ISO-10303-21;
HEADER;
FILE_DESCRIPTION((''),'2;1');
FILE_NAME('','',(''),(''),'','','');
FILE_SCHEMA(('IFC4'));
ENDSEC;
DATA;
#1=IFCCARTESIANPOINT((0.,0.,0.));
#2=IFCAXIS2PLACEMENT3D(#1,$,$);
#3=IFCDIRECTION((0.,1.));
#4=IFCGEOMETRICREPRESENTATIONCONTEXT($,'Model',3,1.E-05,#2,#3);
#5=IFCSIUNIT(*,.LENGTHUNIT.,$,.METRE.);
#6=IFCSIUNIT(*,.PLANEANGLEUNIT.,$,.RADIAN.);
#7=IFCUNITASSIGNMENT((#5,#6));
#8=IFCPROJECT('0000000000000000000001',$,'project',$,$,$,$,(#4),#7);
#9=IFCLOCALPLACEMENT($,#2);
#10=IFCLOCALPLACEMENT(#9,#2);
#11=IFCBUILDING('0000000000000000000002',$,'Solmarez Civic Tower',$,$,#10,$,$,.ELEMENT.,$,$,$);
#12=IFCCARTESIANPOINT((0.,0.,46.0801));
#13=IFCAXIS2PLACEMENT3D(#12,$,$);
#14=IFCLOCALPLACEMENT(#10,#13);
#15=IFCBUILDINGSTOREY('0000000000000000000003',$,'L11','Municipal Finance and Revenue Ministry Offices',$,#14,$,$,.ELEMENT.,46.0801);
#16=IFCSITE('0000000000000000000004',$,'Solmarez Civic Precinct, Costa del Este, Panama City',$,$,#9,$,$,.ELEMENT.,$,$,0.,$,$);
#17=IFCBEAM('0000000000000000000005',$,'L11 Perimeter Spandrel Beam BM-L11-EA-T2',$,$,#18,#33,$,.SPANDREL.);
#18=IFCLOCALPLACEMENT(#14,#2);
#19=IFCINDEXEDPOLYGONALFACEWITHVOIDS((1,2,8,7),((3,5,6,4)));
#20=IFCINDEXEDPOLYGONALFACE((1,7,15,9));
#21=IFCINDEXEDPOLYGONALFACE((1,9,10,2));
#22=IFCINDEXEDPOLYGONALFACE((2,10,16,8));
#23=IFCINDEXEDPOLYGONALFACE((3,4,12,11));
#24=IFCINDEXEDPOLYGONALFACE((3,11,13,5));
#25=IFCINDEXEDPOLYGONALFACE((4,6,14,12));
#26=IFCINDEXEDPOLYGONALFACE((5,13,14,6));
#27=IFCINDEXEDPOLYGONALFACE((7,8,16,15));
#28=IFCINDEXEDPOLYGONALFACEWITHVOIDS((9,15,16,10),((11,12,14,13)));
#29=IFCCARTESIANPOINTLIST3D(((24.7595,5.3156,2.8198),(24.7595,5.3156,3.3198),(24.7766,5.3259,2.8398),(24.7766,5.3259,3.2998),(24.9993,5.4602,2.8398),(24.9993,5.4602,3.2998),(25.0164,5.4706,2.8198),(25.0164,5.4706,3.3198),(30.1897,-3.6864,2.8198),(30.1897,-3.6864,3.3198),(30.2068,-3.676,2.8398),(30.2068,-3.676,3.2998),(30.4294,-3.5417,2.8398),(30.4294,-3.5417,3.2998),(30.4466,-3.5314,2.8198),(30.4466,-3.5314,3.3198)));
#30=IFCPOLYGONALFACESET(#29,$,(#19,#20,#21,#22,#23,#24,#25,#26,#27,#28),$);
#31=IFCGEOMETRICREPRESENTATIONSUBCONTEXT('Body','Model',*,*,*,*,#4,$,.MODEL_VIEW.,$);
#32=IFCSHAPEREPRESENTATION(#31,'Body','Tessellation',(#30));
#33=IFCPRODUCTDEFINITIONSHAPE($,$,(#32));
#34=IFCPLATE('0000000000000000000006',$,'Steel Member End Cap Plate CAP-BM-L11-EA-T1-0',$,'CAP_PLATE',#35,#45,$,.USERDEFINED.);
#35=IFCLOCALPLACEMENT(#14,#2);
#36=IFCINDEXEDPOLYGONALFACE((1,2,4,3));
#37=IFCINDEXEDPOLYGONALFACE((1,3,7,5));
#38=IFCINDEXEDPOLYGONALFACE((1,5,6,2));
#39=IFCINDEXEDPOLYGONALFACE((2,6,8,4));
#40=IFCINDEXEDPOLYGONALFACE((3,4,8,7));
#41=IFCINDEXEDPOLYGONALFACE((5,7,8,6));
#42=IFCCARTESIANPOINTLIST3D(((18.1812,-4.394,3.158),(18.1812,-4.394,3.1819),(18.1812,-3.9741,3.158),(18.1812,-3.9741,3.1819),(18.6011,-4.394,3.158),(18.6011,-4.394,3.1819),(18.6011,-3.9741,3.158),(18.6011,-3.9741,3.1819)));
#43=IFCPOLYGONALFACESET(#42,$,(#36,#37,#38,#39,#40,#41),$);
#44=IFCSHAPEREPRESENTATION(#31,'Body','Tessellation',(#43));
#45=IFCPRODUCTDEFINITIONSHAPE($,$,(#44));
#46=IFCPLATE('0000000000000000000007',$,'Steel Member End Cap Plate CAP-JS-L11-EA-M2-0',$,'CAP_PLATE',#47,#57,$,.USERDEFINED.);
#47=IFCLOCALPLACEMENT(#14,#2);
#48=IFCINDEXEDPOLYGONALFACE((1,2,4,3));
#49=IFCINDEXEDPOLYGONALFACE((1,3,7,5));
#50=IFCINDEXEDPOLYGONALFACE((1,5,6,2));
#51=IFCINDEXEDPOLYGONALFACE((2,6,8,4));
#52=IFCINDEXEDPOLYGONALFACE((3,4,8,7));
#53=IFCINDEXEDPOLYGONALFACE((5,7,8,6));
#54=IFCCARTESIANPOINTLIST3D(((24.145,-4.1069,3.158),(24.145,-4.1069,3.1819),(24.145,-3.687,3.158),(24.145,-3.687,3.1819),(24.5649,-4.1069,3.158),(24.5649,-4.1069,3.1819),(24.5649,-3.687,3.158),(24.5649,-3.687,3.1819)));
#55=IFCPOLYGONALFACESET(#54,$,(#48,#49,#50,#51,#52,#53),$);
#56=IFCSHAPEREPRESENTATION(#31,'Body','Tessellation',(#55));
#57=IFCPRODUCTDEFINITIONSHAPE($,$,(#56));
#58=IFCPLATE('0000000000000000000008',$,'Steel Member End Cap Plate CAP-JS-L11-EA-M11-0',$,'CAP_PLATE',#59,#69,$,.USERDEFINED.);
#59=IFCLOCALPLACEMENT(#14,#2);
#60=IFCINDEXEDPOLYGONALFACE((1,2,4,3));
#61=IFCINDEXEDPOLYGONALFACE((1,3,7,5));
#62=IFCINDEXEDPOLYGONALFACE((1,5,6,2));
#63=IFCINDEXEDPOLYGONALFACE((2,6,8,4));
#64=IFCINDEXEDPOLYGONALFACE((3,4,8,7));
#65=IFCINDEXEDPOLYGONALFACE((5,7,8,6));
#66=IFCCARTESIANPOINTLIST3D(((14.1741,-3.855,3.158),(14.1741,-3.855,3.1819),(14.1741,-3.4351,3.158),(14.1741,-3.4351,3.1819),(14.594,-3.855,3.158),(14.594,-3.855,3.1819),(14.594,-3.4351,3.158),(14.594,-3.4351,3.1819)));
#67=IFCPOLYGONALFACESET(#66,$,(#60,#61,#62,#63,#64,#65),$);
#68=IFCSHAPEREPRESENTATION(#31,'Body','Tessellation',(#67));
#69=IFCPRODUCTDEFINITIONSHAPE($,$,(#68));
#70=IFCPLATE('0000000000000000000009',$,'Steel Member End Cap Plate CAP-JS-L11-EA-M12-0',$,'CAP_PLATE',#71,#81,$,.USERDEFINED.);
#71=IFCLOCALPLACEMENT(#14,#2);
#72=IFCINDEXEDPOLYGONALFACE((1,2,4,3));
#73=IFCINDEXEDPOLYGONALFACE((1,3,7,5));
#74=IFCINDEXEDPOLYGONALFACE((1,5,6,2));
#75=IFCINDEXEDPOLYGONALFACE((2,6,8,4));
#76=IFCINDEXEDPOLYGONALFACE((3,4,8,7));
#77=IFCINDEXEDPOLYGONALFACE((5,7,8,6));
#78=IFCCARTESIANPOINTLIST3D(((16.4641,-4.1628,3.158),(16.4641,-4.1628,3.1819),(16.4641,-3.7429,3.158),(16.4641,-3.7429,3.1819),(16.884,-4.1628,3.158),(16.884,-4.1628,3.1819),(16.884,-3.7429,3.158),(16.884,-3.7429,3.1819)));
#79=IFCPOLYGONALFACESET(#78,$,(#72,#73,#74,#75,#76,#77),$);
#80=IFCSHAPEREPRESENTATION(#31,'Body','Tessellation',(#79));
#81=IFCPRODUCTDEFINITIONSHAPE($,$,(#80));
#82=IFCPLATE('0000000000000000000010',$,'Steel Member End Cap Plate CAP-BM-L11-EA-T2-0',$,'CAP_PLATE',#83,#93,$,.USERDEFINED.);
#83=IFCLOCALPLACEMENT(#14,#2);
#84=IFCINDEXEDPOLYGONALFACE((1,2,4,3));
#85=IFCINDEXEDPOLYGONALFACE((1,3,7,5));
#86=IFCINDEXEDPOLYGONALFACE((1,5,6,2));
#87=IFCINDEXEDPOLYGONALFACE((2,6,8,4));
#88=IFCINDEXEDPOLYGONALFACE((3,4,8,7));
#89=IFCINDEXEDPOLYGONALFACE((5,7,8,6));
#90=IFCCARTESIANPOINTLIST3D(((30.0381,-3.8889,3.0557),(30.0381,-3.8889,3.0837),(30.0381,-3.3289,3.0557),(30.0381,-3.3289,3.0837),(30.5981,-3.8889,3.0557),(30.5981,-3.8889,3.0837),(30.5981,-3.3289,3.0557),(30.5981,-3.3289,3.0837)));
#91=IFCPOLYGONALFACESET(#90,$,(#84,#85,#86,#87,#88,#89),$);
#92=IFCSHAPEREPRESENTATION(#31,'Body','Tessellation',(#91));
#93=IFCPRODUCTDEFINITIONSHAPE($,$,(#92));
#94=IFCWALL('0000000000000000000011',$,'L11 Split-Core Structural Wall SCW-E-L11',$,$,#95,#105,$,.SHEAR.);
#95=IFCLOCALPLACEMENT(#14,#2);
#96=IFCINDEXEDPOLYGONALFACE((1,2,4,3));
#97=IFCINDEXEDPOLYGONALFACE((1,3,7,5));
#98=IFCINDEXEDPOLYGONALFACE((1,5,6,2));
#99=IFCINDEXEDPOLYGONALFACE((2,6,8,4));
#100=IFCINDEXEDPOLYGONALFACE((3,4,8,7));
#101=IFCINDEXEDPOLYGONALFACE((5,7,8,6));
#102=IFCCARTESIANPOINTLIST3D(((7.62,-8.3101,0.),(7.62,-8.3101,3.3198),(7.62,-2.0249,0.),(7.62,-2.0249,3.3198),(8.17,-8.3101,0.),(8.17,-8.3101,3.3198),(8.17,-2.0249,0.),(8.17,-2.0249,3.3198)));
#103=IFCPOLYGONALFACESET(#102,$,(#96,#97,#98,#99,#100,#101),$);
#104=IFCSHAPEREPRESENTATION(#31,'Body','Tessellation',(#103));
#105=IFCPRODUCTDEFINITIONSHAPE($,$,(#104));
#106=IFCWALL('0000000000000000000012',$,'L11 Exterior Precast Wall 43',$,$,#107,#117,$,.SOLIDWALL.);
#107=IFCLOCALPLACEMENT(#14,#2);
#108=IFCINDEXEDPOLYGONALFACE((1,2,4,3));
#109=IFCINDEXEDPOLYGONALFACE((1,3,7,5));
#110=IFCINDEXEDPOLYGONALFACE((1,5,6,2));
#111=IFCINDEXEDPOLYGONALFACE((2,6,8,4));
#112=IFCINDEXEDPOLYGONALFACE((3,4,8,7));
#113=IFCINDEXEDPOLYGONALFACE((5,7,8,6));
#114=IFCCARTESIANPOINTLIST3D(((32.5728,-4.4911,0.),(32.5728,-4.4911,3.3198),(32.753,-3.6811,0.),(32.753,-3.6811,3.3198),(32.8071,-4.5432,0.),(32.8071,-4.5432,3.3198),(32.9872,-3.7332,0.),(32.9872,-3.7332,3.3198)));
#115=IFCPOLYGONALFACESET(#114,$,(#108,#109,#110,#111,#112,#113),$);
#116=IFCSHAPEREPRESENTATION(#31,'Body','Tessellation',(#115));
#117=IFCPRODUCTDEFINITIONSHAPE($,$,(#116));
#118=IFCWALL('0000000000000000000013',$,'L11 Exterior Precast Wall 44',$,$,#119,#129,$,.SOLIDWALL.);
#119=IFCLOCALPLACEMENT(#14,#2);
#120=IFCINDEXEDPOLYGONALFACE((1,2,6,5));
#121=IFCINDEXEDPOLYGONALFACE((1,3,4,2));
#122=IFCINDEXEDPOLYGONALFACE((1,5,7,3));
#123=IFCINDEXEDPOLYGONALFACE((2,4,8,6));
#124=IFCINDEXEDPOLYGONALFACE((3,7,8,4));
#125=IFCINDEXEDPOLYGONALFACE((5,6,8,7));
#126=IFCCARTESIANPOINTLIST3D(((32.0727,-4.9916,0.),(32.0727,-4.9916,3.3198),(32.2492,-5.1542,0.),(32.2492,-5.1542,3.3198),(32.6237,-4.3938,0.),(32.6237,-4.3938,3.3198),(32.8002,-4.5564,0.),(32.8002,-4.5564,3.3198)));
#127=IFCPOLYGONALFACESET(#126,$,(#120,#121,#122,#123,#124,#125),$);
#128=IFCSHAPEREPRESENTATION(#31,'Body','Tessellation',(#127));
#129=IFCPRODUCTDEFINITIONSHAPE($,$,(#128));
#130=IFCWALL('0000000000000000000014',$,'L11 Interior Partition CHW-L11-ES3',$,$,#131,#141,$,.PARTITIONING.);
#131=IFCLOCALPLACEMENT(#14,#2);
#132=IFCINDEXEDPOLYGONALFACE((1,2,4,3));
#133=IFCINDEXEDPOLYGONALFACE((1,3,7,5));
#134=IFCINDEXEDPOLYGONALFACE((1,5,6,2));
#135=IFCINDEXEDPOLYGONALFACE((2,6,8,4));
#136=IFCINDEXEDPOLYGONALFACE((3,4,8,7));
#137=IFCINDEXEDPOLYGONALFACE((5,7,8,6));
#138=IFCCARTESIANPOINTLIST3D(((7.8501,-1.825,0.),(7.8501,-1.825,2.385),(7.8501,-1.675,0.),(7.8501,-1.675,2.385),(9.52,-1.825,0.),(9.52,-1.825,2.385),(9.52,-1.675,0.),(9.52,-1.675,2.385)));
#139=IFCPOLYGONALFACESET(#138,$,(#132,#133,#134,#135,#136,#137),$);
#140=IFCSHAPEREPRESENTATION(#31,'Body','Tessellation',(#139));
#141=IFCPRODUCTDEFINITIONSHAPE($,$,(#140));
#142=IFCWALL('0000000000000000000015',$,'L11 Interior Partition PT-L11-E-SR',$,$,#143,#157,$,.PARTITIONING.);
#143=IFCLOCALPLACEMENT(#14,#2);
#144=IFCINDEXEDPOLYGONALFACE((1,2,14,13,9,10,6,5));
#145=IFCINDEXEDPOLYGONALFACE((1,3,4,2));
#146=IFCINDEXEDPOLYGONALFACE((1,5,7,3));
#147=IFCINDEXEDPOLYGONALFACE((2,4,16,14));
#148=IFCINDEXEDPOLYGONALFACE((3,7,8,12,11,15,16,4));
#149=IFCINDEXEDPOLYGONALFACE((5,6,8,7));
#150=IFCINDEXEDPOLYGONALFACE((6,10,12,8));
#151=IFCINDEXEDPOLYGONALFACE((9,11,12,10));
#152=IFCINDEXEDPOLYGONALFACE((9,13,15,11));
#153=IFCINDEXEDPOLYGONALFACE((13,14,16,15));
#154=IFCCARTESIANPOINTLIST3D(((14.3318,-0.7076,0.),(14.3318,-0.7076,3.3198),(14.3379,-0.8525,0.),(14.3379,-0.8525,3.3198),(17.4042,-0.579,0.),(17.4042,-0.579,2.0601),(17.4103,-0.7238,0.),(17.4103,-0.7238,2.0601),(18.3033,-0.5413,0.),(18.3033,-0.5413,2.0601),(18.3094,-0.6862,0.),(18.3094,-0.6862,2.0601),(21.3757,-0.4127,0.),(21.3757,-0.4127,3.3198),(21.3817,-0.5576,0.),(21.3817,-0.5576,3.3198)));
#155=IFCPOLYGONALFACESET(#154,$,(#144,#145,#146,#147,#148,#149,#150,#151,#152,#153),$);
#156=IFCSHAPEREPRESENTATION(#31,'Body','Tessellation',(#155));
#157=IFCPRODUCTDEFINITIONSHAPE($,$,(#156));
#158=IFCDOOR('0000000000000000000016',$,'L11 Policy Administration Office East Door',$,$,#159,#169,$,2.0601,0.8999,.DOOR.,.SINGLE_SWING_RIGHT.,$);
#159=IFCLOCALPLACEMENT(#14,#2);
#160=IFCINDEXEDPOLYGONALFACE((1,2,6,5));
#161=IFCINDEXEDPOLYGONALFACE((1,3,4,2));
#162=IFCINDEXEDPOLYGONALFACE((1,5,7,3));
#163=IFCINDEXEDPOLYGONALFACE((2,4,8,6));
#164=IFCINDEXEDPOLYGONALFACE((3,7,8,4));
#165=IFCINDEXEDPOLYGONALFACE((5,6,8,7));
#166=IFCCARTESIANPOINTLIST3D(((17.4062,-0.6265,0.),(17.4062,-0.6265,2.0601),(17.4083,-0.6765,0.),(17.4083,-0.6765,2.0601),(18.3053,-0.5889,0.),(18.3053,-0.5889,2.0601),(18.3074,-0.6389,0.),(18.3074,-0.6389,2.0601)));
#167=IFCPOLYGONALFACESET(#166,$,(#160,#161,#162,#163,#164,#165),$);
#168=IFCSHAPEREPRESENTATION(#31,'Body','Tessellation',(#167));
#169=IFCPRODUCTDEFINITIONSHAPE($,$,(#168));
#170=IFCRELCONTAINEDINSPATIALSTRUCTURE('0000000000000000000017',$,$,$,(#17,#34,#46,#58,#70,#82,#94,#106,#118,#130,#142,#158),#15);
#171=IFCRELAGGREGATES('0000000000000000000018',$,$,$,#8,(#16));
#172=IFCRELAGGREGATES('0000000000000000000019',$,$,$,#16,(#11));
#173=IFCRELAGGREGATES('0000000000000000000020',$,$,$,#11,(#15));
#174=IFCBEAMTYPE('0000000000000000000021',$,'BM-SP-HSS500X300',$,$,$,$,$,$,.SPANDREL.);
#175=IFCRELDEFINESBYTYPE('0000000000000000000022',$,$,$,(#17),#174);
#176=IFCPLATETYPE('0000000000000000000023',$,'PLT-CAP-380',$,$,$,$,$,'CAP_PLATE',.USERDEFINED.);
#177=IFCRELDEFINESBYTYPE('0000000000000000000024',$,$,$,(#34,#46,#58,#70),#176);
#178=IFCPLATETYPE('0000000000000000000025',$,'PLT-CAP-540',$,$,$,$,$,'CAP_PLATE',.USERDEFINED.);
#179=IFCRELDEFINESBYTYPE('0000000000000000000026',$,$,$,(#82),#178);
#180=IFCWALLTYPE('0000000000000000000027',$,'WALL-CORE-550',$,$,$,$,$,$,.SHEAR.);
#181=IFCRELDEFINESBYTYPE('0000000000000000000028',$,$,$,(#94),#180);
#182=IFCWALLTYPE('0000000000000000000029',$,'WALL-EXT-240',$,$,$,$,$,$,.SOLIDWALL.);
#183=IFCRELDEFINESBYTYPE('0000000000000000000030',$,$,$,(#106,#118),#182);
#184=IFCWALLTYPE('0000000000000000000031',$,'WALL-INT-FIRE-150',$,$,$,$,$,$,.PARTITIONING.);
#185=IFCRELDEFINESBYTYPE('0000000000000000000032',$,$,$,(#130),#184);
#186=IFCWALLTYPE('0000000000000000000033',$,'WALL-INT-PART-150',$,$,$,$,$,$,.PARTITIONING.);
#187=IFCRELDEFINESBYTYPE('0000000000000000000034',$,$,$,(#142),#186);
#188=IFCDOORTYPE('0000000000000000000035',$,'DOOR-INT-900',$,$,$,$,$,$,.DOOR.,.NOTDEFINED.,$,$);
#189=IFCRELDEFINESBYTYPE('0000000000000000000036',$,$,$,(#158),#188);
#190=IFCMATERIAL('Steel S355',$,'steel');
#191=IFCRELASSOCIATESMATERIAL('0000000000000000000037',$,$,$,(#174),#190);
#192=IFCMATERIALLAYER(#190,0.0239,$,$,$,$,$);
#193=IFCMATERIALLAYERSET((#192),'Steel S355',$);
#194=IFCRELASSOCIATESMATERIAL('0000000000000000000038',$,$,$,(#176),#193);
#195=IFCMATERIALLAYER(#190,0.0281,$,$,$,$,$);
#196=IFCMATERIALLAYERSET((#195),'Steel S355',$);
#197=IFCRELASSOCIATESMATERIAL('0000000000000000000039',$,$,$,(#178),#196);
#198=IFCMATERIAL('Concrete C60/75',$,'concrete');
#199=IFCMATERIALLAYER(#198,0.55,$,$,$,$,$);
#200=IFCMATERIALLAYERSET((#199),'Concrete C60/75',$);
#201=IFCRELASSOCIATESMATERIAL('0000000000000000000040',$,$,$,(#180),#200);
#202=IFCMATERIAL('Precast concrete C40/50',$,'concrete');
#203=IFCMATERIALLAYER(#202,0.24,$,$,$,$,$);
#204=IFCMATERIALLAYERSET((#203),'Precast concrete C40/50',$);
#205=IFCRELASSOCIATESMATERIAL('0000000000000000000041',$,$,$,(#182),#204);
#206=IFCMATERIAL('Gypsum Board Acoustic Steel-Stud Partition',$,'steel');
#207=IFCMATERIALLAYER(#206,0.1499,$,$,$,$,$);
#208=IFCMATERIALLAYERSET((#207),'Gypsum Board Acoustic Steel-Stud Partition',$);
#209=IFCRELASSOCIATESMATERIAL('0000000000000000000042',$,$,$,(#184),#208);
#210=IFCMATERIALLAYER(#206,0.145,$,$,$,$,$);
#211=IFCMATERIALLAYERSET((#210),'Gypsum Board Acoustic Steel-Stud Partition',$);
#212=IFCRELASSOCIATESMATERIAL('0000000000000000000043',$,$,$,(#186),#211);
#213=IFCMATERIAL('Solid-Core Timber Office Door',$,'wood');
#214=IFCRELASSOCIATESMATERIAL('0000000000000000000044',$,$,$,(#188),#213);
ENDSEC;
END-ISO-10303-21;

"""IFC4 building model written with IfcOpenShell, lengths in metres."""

from ifc_helpers import new_model, si_unit, direction, frame, frame_2d, origin, origin_2d, place, context, subcontext, project, spatial, rectangle, hollow_rectangle, extrude, material, layer, layer_set, material_profile, profile_set, type_object, element, fill, save


model = new_model("IFC4")

# Units and contexts
model_context = context("Model", 3, precision=1e-05, world=origin(), true_north=direction((0.0, 1.0)))
body_context = subcontext(model_context, "Body", "Model", "MODEL_VIEW")
ifc_project = project(units=[si_unit("LENGTHUNIT", "METRE"), si_unit("PLANEANGLEUNIT", "RADIAN")], contexts=[model_context])

# Site, building, storey
site_placement = place(None, origin())
site = spatial("IfcSite", under=ifc_project, at=site_placement, Name="Solmarez Civic Precinct, Costa del Este, Panama City", CompositionType="ELEMENT", RefElevation=0.0)
building_placement = place(site_placement, origin())
building = spatial("IfcBuilding", under=site, at=building_placement, Name="Solmarez Civic Tower", CompositionType="ELEMENT")
storey_placement = place(building_placement, frame((0.0, 0.0, 46.0801)))
storey = spatial("IfcBuildingStorey", under=building, at=storey_placement, Name="L11", Description="Municipal Finance and Revenue Ministry Offices", CompositionType="ELEMENT", Elevation=46.0801)

# Shared definitions
ifc_material_1 = material(Name="Concrete C60/75", Category="concrete")

# Beam
ifc_material_2 = material(Name="Steel S355", Category="steel")
ifc_material_profile_1 = material_profile(ifc_material_2, hollow_rectangle(XDim=0.3, YDim=0.5, WallThickness=0.02, at=origin_2d()), Name="HSS500X300X20")
ifc_profile_set_1 = profile_set([ifc_material_profile_1], Name="Steel S355")
beam_type_1 = type_object("IfcBeamType", Name="BM-SP-HSS500X300", PredefinedType="SPANDREL", material=ifc_profile_set_1)
beam_1_placement = place(storey_placement, frame((30.3181, -3.6089, 3.0698), z_axis=(-0.516523, 0.856273, 0.0), x_axis=(-0.856273, -0.516523, 0.0)))
element("IfcBeam", 1, at=beam_1_placement, inside=storey, type_object=beam_type_1, Name="L11 Perimeter Spandrel Beam BM-L11-EA-T2", PredefinedType="SPANDREL", context=body_context, shape_type="SweptSolid", body=[
    extrude(hollow_rectangle(XDim=0.3, YDim=0.5, WallThickness=0.02, at=origin_2d()), origin(), (0.0, 0.0, 1.0), 10.5129),
])

# Plates
ifc_layer_1 = layer(ifc_material_2, 0.0239)
ifc_layer_set_1 = layer_set([ifc_layer_1], Name="Steel S355")
plate_type_1 = type_object("IfcPlateType", Name="PLT-CAP-380", ElementType="CAP_PLATE", PredefinedType="USERDEFINED", material=ifc_layer_set_1)
for number, where, z_axis, x_axis, name in (
    (2, (18.3911, -4.1841, 3.158), (0.0, 0.0, 1.0), (1.0, 0.0, 0.0), "Steel Member End Cap Plate CAP-BM-L11-EA-T1-0"),
    (3, (24.355, -3.897, 3.158), (0.0, 0.0, 1.0), (1.0, 0.0, 0.0), "Steel Member End Cap Plate CAP-JS-L11-EA-M2-0"),
    (4, (14.384, -3.645, 3.158), (0.0, 0.0, 1.0), (1.0, 0.0, 0.0), "Steel Member End Cap Plate CAP-JS-L11-EA-M11-0"),
    (5, (16.6741, -3.9529, 3.158), (0.0, 0.0, 1.0), (1.0, 0.0, 0.0), "Steel Member End Cap Plate CAP-JS-L11-EA-M12-0"),
):
    element("IfcPlate", number, at=place(storey_placement, frame(where, z_axis=z_axis, x_axis=x_axis)), inside=storey, type_object=plate_type_1, Name=name, ObjectType="CAP_PLATE", PredefinedType="USERDEFINED", context=body_context, shape_type="SweptSolid", body=[
        extrude(rectangle(XDim=0.4199, YDim=0.4199, at=origin_2d()), origin(), (0.0, 0.0, 1.0), 0.0239),
    ])
ifc_layer_2 = layer(ifc_material_2, 0.0281)
ifc_layer_set_2 = layer_set([ifc_layer_2], Name="Steel S355")
plate_type_2 = type_object("IfcPlateType", Name="PLT-CAP-540", ElementType="CAP_PLATE", PredefinedType="USERDEFINED", material=ifc_layer_set_2)
plate_placement = place(storey_placement, frame((30.3181, -3.6089, 3.0557), z_axis=(0.0, 0.0, 1.0), x_axis=(1.0, 0.0, 0.0)))
element("IfcPlate", 6, at=plate_placement, inside=storey, type_object=plate_type_2, Name="Steel Member End Cap Plate CAP-BM-L11-EA-T2-0", ObjectType="CAP_PLATE", PredefinedType="USERDEFINED", context=body_context, shape_type="SweptSolid", body=[
    extrude(rectangle(XDim=0.5601, YDim=0.5601, at=origin_2d()), origin(), (0.0, 0.0, 1.0), 0.0281),
])

# Walls
ifc_layer_3 = layer(ifc_material_1, 0.55)
ifc_layer_set_3 = layer_set([ifc_layer_3], Name="Concrete C60/75")
wall_type_1 = type_object("IfcWallType", Name="WALL-CORE-550", PredefinedType="SHEAR", material=ifc_layer_set_3)
wall_1_placement = place(storey_placement, frame((7.895, -2.0249, 0.0), z_axis=(0.0, 0.0, 1.0), x_axis=(0.0, -1.0, 0.0)))
element("IfcWall", 7, at=wall_1_placement, inside=storey, type_object=wall_type_1, Name="L11 Split-Core Structural Wall SCW-E-L11", PredefinedType="SHEAR", context=body_context, shape_type="SweptSolid", body=[
    extrude(rectangle(XDim=6.2852, YDim=0.55, at=frame_2d((3.1426, 0.0))), origin(), (0.0, 0.0, 1.0), 3.3198),
])
ifc_material_3 = material(Name="Precast concrete C40/50", Category="concrete")
ifc_layer_4 = layer(ifc_material_3, 0.24)
ifc_layer_set_4 = layer_set([ifc_layer_4], Name="Precast concrete C40/50")
wall_type_2 = type_object("IfcWallType", Name="WALL-EXT-240", PredefinedType="SOLIDWALL", material=ifc_layer_set_4)
wall_2_placement = place(storey_placement, frame((32.8701, -3.707, 0.0), z_axis=(0.0, 0.0, 1.0), x_axis=(-0.217117, -0.976146, 0.0)))
element("IfcWall", 8, at=wall_2_placement, inside=storey, type_object=wall_type_2, Name="L11 Exterior Precast Wall 43", PredefinedType="SOLIDWALL", context=body_context, shape_type="SweptSolid", body=[
    extrude(rectangle(XDim=0.8298, YDim=0.24, at=frame_2d((0.415, 0.0))), origin(), (0.0, 0.0, 1.0), 3.3198),
])
wall_3_placement = place(storey_placement, frame((32.7119, -4.4751, 0.0), z_axis=(0.0, 0.0, 1.0), x_axis=(-0.677694, -0.735344, 0.0)))
element("IfcWall", 9, at=wall_3_placement, inside=storey, type_object=wall_type_2, Name="L11 Exterior Precast Wall 44", PredefinedType="SOLIDWALL", context=body_context, shape_type="SweptSolid", body=[
    extrude(rectangle(XDim=0.813, YDim=0.24, at=frame_2d((0.4065, 0.0))), origin(), (0.0, 0.0, 1.0), 3.3198),
])
ifc_material_4 = material(Name="Gypsum Board Acoustic Steel-Stud Partition", Category="steel")
ifc_layer_5 = layer(ifc_material_4, 0.1499)
ifc_layer_set_5 = layer_set([ifc_layer_5], Name="Gypsum Board Acoustic Steel-Stud Partition")
wall_type_3 = type_object("IfcWallType", Name="WALL-INT-FIRE-150", PredefinedType="PARTITIONING", material=ifc_layer_set_5)
wall_4_placement = place(storey_placement, frame((7.8501, -1.75, 0.0), z_axis=(0.0, 0.0, 1.0), x_axis=(1.0, 0.0, 0.0)))
element("IfcWall", 10, at=wall_4_placement, inside=storey, type_object=wall_type_3, Name="L11 Interior Partition CHW-L11-ES3", PredefinedType="PARTITIONING", context=body_context, shape_type="SweptSolid", body=[
    extrude(rectangle(XDim=1.6699, YDim=0.1499, at=frame_2d((0.835, 0.0))), origin(), (0.0, 0.0, 1.0), 2.385),
])

# Wall, opening, door
ifc_layer_6 = layer(ifc_material_4, 0.145)
ifc_layer_set_6 = layer_set([ifc_layer_6], Name="Gypsum Board Acoustic Steel-Stud Partition")
wall_type_4 = type_object("IfcWallType", Name="WALL-INT-PART-150", PredefinedType="PARTITIONING", material=ifc_layer_set_6)
wall_5_placement = place(storey_placement, frame((14.335, -0.78, 0.0), z_axis=(0.0, 0.0, 1.0), x_axis=(0.999125, 0.041832, 0.0)))
wall_5 = element("IfcWall", 11, at=wall_5_placement, inside=storey, type_object=wall_type_4, Name="L11 Interior Partition PT-L11-E-SR", PredefinedType="PARTITIONING", context=body_context, shape_type="SweptSolid", body=[
    extrude(rectangle(XDim=7.05, YDim=0.145, at=frame_2d((3.5249, 0.0))), origin(), (0.0, 0.0, 1.0), 3.3198),
])
opening_placement = place(wall_5_placement, frame((3.075, 0.0, 0.0)))
opening = element("IfcOpeningElement", 12, at=opening_placement, cuts=wall_5, PredefinedType="OPENING", context=body_context, shape_type="SweptSolid", body=[
    extrude(rectangle(XDim=0.8999, YDim=2.0601, at=frame_2d((0.45, 1.03))), frame((0.0, 0.0825, 0.0), z_axis=(0.0, -1.0, 0.0), x_axis=(1.0, 0.0, 0.0)), (0.0, 0.0, 1.0), 0.165),
])
ifc_material_5 = material(Name="Solid-Core Timber Office Door", Category="wood")
door_type = type_object("IfcDoorType", Name="DOOR-INT-900", OperationType="NOTDEFINED", PredefinedType="DOOR", material=ifc_material_5)
door_placement = place(opening_placement, origin())
door = element("IfcDoor", 13, at=door_placement, inside=storey, type_object=door_type, Name="L11 Policy Administration Office East Door", OperationType="SINGLE_SWING_RIGHT", OverallHeight=2.0601, OverallWidth=0.8999, PredefinedType="DOOR", context=body_context, shape_type="SweptSolid", body=[
    extrude(rectangle(XDim=0.8999, YDim=2.0601, at=frame_2d((0.45, 1.03))), frame((0.0, 0.0249, 0.0), z_axis=(0.0, -1.0, 0.0), x_axis=(1.0, 0.0, 0.0)), (0.0, 0.0, 1.0), 0.05),
])
fill(opening, door)

save(model, "model.ifc")
